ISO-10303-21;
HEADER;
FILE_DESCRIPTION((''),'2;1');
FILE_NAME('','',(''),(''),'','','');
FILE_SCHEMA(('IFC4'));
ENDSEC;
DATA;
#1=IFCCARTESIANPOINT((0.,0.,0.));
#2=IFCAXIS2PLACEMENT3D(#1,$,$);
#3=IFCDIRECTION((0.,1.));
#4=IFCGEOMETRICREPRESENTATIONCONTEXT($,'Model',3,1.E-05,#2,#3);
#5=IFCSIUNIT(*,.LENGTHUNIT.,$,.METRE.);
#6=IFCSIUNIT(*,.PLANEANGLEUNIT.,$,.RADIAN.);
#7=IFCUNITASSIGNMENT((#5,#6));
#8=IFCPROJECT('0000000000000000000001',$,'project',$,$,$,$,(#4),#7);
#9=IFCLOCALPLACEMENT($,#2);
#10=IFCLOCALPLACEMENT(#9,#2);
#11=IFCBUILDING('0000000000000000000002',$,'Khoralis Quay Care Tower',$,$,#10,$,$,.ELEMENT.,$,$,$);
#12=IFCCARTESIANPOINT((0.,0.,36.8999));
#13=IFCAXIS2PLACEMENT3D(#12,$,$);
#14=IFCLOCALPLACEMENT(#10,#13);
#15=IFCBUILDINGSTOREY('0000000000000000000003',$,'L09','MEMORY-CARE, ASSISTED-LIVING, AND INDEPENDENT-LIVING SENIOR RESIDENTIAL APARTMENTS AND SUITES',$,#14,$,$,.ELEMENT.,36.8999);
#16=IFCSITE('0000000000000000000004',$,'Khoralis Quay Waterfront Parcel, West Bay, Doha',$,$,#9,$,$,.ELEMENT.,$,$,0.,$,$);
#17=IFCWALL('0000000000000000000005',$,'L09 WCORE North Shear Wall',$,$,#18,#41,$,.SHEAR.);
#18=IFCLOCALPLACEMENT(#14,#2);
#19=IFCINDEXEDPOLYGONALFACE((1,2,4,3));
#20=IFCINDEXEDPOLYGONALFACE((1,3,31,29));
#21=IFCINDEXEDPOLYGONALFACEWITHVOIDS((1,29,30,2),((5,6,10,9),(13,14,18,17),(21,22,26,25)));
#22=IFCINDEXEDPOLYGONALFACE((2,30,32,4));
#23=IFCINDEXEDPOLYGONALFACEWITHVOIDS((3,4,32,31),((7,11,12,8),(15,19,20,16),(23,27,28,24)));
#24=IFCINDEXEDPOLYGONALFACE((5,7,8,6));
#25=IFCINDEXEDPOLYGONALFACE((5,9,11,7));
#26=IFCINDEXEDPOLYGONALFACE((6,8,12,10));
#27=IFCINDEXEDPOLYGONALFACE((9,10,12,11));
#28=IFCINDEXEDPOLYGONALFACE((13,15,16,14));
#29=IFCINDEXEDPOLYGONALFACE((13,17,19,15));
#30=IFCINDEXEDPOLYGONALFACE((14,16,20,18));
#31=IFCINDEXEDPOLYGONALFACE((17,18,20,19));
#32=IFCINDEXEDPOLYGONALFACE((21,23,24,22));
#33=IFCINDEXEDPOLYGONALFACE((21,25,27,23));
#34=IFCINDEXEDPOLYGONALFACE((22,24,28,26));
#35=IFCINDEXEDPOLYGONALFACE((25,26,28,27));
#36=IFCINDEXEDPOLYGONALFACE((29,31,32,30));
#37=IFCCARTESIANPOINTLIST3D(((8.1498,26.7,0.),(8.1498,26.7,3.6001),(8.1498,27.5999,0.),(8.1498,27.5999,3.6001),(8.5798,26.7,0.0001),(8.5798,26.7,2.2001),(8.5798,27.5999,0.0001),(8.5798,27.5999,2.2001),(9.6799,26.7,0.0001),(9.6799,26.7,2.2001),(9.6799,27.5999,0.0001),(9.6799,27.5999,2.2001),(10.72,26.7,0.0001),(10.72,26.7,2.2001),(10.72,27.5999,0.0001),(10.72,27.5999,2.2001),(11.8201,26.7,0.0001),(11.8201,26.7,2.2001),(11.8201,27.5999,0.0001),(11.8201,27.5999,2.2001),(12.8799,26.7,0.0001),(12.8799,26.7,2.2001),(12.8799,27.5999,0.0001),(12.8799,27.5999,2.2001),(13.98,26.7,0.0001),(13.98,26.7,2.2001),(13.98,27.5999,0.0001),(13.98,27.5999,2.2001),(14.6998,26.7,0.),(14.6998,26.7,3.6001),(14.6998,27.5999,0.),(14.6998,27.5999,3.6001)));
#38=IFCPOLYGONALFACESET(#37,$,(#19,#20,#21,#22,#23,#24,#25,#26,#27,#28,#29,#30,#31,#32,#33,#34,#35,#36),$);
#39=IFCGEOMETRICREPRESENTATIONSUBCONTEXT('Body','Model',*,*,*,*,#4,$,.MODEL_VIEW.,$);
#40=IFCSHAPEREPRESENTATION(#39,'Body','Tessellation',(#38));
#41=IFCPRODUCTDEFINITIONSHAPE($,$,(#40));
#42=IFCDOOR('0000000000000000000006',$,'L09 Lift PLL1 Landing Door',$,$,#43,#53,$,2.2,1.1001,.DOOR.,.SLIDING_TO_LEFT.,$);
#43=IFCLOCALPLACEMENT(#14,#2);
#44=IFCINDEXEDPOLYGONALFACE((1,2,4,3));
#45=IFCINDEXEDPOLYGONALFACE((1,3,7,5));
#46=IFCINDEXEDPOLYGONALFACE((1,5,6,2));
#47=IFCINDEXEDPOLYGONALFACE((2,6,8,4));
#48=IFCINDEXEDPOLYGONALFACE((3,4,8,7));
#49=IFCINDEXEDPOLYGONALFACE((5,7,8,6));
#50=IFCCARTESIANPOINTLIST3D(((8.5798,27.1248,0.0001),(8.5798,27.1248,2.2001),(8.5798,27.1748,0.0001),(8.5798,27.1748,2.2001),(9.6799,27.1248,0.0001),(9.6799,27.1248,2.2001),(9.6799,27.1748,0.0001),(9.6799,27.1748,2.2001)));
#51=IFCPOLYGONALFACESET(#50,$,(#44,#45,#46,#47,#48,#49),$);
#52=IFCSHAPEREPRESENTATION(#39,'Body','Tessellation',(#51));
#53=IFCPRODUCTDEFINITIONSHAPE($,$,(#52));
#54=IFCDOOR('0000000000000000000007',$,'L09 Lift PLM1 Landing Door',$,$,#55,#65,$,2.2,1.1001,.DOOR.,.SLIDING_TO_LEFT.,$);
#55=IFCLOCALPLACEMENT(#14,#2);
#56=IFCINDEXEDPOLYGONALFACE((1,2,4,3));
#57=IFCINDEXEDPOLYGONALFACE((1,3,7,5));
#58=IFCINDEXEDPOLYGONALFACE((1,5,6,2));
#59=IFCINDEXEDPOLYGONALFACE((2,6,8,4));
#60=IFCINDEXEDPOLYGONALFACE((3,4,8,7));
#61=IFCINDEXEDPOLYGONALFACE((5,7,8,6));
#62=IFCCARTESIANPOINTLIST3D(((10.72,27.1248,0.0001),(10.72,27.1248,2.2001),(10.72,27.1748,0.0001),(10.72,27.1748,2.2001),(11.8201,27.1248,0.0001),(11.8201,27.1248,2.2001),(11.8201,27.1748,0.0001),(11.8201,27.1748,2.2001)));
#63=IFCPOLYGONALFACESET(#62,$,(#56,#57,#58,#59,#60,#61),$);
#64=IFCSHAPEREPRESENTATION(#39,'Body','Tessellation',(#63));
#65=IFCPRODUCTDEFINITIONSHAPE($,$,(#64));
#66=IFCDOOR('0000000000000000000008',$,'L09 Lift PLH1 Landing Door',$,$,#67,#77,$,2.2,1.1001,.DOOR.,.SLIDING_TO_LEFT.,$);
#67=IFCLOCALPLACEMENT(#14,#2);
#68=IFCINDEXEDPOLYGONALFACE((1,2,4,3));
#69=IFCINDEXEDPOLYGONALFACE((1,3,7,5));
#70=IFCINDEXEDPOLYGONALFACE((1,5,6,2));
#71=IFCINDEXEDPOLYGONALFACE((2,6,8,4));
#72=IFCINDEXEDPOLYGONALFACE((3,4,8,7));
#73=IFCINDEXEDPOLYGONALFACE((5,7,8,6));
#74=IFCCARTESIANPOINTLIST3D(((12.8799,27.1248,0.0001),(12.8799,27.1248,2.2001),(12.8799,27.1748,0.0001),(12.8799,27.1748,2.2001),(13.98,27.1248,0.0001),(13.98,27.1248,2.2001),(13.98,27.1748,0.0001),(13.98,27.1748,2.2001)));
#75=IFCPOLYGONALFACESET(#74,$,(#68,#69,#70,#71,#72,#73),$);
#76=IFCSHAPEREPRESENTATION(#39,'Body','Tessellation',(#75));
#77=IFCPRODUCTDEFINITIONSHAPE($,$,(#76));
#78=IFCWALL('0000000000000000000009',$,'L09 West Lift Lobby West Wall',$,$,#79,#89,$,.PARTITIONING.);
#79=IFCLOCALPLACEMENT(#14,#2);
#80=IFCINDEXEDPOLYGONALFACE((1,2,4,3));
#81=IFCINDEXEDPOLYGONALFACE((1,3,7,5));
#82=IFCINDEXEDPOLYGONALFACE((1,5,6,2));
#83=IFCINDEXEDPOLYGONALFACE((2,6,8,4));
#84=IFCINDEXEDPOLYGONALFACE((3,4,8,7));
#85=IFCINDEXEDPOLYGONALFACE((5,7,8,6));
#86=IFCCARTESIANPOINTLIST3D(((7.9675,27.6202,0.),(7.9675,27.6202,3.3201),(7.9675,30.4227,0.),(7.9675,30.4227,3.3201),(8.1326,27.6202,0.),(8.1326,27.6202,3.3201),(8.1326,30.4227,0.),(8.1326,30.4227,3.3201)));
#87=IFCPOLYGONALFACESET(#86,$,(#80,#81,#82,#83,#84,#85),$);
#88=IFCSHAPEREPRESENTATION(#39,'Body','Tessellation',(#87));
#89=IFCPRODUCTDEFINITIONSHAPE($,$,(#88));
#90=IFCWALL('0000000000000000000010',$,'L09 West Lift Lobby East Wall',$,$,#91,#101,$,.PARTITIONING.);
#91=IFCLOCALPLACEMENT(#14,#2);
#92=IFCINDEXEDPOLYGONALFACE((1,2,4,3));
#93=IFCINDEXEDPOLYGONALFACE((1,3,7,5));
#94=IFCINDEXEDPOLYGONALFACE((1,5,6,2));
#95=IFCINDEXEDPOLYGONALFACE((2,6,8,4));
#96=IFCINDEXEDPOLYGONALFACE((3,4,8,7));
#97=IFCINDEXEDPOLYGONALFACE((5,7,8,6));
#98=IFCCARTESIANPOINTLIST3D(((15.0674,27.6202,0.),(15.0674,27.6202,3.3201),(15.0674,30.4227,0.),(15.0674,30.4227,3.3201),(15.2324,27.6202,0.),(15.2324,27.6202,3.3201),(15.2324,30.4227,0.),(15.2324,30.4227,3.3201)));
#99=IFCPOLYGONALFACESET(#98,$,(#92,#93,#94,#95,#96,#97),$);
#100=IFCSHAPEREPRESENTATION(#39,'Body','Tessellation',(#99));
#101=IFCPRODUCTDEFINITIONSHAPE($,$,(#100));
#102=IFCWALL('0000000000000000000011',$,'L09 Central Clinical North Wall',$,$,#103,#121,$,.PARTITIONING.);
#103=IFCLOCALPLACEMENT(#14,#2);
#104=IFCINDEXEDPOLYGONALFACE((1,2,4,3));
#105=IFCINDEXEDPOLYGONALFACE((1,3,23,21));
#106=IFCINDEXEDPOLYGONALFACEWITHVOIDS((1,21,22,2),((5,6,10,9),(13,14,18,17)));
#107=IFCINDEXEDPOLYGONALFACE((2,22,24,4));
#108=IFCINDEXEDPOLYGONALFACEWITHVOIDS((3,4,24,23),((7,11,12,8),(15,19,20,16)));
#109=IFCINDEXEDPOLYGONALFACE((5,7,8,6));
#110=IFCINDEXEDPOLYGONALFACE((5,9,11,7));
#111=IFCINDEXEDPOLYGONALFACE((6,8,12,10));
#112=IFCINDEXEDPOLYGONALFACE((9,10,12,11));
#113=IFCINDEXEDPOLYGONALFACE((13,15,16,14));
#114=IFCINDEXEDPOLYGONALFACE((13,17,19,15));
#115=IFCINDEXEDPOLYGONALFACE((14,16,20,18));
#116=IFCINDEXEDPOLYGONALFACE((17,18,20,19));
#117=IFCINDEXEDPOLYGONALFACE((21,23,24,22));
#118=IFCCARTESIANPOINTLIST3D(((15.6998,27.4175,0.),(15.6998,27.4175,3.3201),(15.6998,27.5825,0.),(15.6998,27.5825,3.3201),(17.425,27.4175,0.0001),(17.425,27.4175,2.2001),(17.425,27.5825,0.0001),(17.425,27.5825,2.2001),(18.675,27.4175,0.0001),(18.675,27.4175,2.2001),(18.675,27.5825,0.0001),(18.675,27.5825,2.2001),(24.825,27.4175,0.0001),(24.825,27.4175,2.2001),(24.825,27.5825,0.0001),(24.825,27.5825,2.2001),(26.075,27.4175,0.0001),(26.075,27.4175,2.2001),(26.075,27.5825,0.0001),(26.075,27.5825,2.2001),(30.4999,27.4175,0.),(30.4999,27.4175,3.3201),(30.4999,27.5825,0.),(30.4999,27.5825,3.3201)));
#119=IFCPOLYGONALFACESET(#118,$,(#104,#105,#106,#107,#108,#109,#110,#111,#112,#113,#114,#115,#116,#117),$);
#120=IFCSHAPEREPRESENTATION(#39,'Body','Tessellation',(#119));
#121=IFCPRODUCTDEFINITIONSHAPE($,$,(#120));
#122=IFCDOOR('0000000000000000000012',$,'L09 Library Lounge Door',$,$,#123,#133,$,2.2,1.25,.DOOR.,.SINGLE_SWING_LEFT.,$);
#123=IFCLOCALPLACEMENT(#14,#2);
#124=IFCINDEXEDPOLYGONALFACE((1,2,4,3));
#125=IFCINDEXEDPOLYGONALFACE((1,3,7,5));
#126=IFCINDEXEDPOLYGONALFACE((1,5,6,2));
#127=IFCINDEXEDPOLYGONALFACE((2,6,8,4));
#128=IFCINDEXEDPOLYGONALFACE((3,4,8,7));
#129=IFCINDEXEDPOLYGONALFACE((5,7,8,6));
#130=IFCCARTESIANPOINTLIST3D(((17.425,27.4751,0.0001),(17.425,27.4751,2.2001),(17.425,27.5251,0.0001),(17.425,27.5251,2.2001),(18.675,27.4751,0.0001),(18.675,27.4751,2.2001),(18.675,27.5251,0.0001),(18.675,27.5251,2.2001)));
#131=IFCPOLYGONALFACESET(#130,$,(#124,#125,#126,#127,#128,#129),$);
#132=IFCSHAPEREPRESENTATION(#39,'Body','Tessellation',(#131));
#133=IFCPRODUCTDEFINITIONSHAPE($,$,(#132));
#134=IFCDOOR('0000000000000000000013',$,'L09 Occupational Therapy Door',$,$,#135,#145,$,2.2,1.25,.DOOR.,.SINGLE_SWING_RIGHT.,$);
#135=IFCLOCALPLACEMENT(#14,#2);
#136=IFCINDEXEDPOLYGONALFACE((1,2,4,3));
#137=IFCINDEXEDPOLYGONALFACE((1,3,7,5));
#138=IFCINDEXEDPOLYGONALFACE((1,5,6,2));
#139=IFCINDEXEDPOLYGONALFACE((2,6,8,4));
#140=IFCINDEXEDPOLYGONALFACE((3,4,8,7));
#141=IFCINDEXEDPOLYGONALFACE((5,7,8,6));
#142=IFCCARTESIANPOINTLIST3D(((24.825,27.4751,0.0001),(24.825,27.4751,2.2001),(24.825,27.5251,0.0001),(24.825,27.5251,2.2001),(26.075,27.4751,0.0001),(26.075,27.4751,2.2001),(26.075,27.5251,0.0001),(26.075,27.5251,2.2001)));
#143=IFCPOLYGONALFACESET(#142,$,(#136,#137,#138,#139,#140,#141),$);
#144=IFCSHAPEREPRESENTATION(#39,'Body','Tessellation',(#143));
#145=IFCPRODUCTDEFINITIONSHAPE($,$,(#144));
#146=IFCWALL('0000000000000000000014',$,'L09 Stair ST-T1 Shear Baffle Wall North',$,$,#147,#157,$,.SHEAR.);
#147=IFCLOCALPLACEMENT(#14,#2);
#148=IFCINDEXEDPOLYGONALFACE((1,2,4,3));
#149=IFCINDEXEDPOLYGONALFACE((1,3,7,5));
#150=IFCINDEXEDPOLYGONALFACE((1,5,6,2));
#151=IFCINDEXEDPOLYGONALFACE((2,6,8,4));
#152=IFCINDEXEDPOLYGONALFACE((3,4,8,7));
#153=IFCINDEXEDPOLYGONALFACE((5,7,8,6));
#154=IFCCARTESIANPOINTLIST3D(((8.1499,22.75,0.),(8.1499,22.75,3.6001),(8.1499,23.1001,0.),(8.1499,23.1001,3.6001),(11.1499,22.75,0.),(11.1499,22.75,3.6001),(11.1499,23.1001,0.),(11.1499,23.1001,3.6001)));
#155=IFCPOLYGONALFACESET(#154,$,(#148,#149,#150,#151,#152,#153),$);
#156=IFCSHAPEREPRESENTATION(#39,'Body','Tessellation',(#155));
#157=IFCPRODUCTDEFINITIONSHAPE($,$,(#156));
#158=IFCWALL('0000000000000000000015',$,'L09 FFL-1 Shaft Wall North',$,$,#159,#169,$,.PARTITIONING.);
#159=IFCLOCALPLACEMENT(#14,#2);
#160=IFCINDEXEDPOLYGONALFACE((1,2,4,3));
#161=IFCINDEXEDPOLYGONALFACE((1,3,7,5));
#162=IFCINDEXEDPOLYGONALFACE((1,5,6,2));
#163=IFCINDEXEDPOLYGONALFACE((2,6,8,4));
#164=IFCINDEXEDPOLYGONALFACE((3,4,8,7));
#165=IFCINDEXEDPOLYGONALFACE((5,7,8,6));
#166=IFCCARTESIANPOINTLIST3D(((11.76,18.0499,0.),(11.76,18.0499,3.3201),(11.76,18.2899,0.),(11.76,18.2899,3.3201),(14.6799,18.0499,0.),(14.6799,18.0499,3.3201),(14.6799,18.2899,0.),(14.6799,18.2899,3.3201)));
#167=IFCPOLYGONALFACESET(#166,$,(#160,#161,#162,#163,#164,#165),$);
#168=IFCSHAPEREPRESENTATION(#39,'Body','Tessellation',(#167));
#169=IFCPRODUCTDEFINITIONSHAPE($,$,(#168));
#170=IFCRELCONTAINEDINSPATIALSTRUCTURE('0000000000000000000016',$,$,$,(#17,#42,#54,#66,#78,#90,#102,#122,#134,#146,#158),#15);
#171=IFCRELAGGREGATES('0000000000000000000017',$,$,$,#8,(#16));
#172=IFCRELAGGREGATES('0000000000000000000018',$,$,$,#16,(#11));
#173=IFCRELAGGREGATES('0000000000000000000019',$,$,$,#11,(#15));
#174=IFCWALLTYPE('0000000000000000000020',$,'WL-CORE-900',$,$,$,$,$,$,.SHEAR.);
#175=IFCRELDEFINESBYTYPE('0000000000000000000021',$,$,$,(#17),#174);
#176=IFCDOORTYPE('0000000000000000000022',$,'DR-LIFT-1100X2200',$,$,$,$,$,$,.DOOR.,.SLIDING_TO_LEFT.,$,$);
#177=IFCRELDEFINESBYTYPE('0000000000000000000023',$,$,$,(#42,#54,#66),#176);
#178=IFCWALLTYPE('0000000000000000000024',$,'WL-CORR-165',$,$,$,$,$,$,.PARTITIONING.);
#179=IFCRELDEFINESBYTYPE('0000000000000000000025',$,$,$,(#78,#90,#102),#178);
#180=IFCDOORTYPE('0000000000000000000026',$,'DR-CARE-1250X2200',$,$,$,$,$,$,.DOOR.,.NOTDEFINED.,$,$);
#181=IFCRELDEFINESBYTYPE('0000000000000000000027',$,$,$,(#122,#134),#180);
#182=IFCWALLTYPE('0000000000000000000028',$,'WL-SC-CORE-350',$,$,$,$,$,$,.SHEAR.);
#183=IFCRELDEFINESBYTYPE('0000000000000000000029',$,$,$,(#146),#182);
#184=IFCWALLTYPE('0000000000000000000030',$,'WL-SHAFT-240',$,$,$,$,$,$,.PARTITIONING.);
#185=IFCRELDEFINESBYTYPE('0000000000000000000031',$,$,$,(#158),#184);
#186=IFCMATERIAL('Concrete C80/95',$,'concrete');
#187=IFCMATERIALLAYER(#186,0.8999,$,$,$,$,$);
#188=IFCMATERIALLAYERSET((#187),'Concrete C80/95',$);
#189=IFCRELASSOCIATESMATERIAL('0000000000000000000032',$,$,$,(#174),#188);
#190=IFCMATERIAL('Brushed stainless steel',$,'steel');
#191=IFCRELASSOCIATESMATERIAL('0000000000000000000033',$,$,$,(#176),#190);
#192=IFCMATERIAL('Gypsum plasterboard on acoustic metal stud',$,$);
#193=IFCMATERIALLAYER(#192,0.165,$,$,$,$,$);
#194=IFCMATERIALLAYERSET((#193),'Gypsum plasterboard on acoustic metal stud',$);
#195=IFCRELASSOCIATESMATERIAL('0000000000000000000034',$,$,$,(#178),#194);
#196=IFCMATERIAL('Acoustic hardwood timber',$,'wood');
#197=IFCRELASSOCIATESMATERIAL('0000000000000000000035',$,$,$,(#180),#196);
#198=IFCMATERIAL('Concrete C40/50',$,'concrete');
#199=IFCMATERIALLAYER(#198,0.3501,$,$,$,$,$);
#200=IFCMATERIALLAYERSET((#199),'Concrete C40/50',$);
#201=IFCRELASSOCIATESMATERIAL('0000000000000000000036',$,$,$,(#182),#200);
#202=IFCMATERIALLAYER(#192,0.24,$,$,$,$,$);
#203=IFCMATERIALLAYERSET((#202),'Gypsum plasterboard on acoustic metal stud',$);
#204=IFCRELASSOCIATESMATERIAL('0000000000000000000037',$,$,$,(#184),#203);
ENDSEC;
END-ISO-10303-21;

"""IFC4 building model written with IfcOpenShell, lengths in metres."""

from ifc_helpers import new_model, si_unit, direction, frame, frame_2d, origin, place, context, subcontext, project, spatial, rectangle, extrude, source, transform, mapped, material, layer, layer_set, type_object, element, fill, save


model = new_model("IFC4")

# Units and contexts
model_context = context("Model", 3, precision=1e-05, world=origin(), true_north=direction((0.0, 1.0)))
body_context = subcontext(model_context, "Body", "Model", "MODEL_VIEW")
ifc_project = project(units=[si_unit("LENGTHUNIT", "METRE"), si_unit("PLANEANGLEUNIT", "RADIAN")], contexts=[model_context])

# Site, building, storey
site_placement = place(None, origin())
site = spatial("IfcSite", under=ifc_project, at=site_placement, Name="Khoralis Quay Waterfront Parcel, West Bay, Doha", CompositionType="ELEMENT", RefElevation=0.0)
building_placement = place(site_placement, origin())
building = spatial("IfcBuilding", under=site, at=building_placement, Name="Khoralis Quay Care Tower", CompositionType="ELEMENT")
storey_placement = place(building_placement, frame((0.0, 0.0, 36.8999)))
storey = spatial("IfcBuildingStorey", under=building, at=storey_placement, Name="L09", Description="MEMORY-CARE, ASSISTED-LIVING, AND INDEPENDENT-LIVING SENIOR RESIDENTIAL APARTMENTS AND SUITES", CompositionType="ELEMENT", Elevation=36.8999)

# Shared definitions
ifc_material_1 = material(Name="Concrete C80/95", Category="concrete")

# Wall, openings, doors
ifc_layer_1 = layer(ifc_material_1, 0.8999)
ifc_layer_set_1 = layer_set([ifc_layer_1], Name="Concrete C80/95")
wall_type_1 = type_object("IfcWallType", Name="WL-CORE-900", PredefinedType="SHEAR", material=ifc_layer_set_1)
wall_1_placement = place(storey_placement, frame((8.1499, 27.1499, 0.0), z_axis=(0.0, 0.0, 1.0), x_axis=(1.0, 0.0, 0.0)))
wall_1 = element("IfcWall", 1, at=wall_1_placement, inside=storey, type_object=wall_type_1, Name="L09 WCORE North Shear Wall", PredefinedType="SHEAR", context=body_context, shape_type="SweptSolid", body=[
    extrude(rectangle(XDim=6.55, YDim=0.8999, at=frame_2d((3.2749, 0.0))), origin(), (0.0, 0.0, 1.0), 3.6001),
])
opening_1_placement = place(wall_1_placement, frame((0.4299, 0.0, 0.0)))
opening_1 = element("IfcOpeningElement", 2, at=opening_1_placement, cuts=wall_1, PredefinedType="OPENING", context=body_context, shape_type="SweptSolid", body=[
    extrude(rectangle(XDim=1.1001, YDim=2.2, at=frame_2d((0.55, 1.1001))), frame((0.0, 0.46, 0.0), z_axis=(0.0, -1.0, 0.0), x_axis=(1.0, 0.0, 0.0)), (0.0, 0.0, 1.0), 0.9199),
])
opening_2_placement = place(wall_1_placement, frame((2.5701, 0.0, 0.0)))
opening_2 = element("IfcOpeningElement", 3, at=opening_2_placement, cuts=wall_1, PredefinedType="OPENING", context=body_context, shape_type="SweptSolid", body=[
    extrude(rectangle(XDim=1.1001, YDim=2.2, at=frame_2d((0.55, 1.1001))), frame((0.0, 0.46, 0.0), z_axis=(0.0, -1.0, 0.0), x_axis=(1.0, 0.0, 0.0)), (0.0, 0.0, 1.0), 0.9199),
])
opening_3_placement = place(wall_1_placement, frame((4.73, 0.0, 0.0)))
opening_3 = element("IfcOpeningElement", 4, at=opening_3_placement, cuts=wall_1, PredefinedType="OPENING", context=body_context, shape_type="SweptSolid", body=[
    extrude(rectangle(XDim=1.1001, YDim=2.2, at=frame_2d((0.55, 1.1001))), frame((0.0, 0.46, 0.0), z_axis=(0.0, -1.0, 0.0), x_axis=(1.0, 0.0, 0.0)), (0.0, 0.0, 1.0), 0.9199),
])
ifc_material_2 = material(Name="Brushed stainless steel", Category="steel")
door_type_1 = type_object("IfcDoorType", Name="DR-LIFT-1100X2200", OperationType="SLIDING_TO_LEFT", PredefinedType="DOOR", material=ifc_material_2)
shared_shape_1 = source(origin(), body_context, "Body", "SweptSolid", [
    extrude(rectangle(XDim=1.1001, YDim=2.2, at=frame_2d((0.55, 1.1001))), frame((0.0, 0.0249, 0.0), z_axis=(0.0, -1.0, 0.0), x_axis=(1.0, 0.0, 0.0)), (0.0, 0.0, 1.0), 0.05),
])
door_1_placement = place(opening_1_placement, origin())
door_1 = element("IfcDoor", 5, at=door_1_placement, inside=storey, type_object=door_type_1, Name="L09 Lift PLL1 Landing Door", OperationType="SLIDING_TO_LEFT", OverallHeight=2.2, OverallWidth=1.1001, PredefinedType="DOOR", context=body_context, shape_type="MappedRepresentation", body=[
    mapped(shared_shape_1, transform((0.0, 0.0, 0.0), scale=1.0)),
])
fill(opening_1, door_1)
door_2_placement = place(opening_2_placement, origin())
door_2 = element("IfcDoor", 6, at=door_2_placement, inside=storey, type_object=door_type_1, Name="L09 Lift PLM1 Landing Door", OperationType="SLIDING_TO_LEFT", OverallHeight=2.2, OverallWidth=1.1001, PredefinedType="DOOR", context=body_context, shape_type="MappedRepresentation", body=[
    mapped(shared_shape_1, transform((0.0, 0.0, 0.0), scale=1.0)),
])
fill(opening_2, door_2)
door_3_placement = place(opening_3_placement, origin())
door_3 = element("IfcDoor", 7, at=door_3_placement, inside=storey, type_object=door_type_1, Name="L09 Lift PLH1 Landing Door", OperationType="SLIDING_TO_LEFT", OverallHeight=2.2, OverallWidth=1.1001, PredefinedType="DOOR", context=body_context, shape_type="MappedRepresentation", body=[
    mapped(shared_shape_1, transform((0.0, 0.0, 0.0), scale=1.0)),
])
fill(opening_3, door_3)

# Walls
ifc_material_3 = material(Name="Gypsum plasterboard on acoustic metal stud")
ifc_layer_2 = layer(ifc_material_3, 0.165)
ifc_layer_set_2 = layer_set([ifc_layer_2], Name="Gypsum plasterboard on acoustic metal stud")
wall_type_2 = type_object("IfcWallType", Name="WL-CORR-165", PredefinedType="PARTITIONING", material=ifc_layer_set_2)
for number, where, z_axis, x_axis, name in (
    (8, (8.05, 27.6201, 0.0), (0.0, 0.0, 1.0), (0.0, 1.0, 0.0), "L09 West Lift Lobby West Wall"),
    (9, (15.1499, 27.6201, 0.0), (0.0, 0.0, 1.0), (0.0, 1.0, 0.0), "L09 West Lift Lobby East Wall"),
):
    element("IfcWall", number, at=place(storey_placement, frame(where, z_axis=z_axis, x_axis=x_axis)), inside=storey, type_object=wall_type_2, Name=name, PredefinedType="PARTITIONING", context=body_context, shape_type="SweptSolid", body=[
        extrude(rectangle(XDim=2.8025, YDim=0.165, at=frame_2d((1.4014, 0.0))), origin(), (0.0, 0.0, 1.0), 3.3201),
    ])

# Wall, openings, doors
wall_2_placement = place(storey_placement, frame((15.7, 27.5, 0.0), z_axis=(0.0, 0.0, 1.0), x_axis=(1.0, 0.0, 0.0)))
wall_2 = element("IfcWall", 10, at=wall_2_placement, inside=storey, type_object=wall_type_2, Name="L09 Central Clinical North Wall", PredefinedType="PARTITIONING", context=body_context, shape_type="SweptSolid", body=[
    extrude(rectangle(XDim=14.8, YDim=0.165, at=frame_2d((7.3999, 0.0))), origin(), (0.0, 0.0, 1.0), 3.3201),
])
opening_4_placement = place(wall_2_placement, frame((1.7251, 0.0, 0.0)))
opening_4 = element("IfcOpeningElement", 11, at=opening_4_placement, cuts=wall_2, PredefinedType="OPENING", context=body_context, shape_type="SweptSolid", body=[
    extrude(rectangle(XDim=1.25, YDim=2.2, at=frame_2d((0.625, 1.1001))), frame((0.0, 0.0925, 0.0), z_axis=(0.0, -1.0, 0.0), x_axis=(1.0, 0.0, 0.0)), (0.0, 0.0, 1.0), 0.1851),
])
opening_5_placement = place(wall_2_placement, frame((9.125, 0.0, 0.0)))
opening_5 = element("IfcOpeningElement", 12, at=opening_5_placement, cuts=wall_2, PredefinedType="OPENING", context=body_context, shape_type="SweptSolid", body=[
    extrude(rectangle(XDim=1.25, YDim=2.2, at=frame_2d((0.625, 1.1001))), frame((0.0, 0.0925, 0.0), z_axis=(0.0, -1.0, 0.0), x_axis=(1.0, 0.0, 0.0)), (0.0, 0.0, 1.0), 0.1851),
])
ifc_material_4 = material(Name="Acoustic hardwood timber", Category="wood")
door_type_2 = type_object("IfcDoorType", Name="DR-CARE-1250X2200", OperationType="NOTDEFINED", PredefinedType="DOOR", material=ifc_material_4)
shared_shape_2 = source(origin(), body_context, "Body", "SweptSolid", [
    extrude(rectangle(XDim=1.25, YDim=2.2, at=frame_2d((0.625, 1.1001))), frame((0.0, 0.0249, 0.0), z_axis=(0.0, -1.0, 0.0), x_axis=(1.0, 0.0, 0.0)), (0.0, 0.0, 1.0), 0.05),
])
door_4_placement = place(opening_4_placement, frame((1.25, 0.0, 0.0), z_axis=(0.0, 0.0, 1.0), x_axis=(-1.0, 0.0, 0.0)))
door_4 = element("IfcDoor", 13, at=door_4_placement, inside=storey, type_object=door_type_2, Name="L09 Library Lounge Door", OperationType="SINGLE_SWING_LEFT", OverallHeight=2.2, OverallWidth=1.25, PredefinedType="DOOR", context=body_context, shape_type="MappedRepresentation", body=[
    mapped(shared_shape_2, transform((0.0, 0.0, 0.0), scale=1.0)),
])
fill(opening_4, door_4)
door_5_placement = place(opening_5_placement, frame((1.25, 0.0, 0.0), z_axis=(0.0, 0.0, 1.0), x_axis=(-1.0, 0.0, 0.0)))
door_5 = element("IfcDoor", 14, at=door_5_placement, inside=storey, type_object=door_type_2, Name="L09 Occupational Therapy Door", OperationType="SINGLE_SWING_RIGHT", OverallHeight=2.2, OverallWidth=1.25, PredefinedType="DOOR", context=body_context, shape_type="MappedRepresentation", body=[
    mapped(shared_shape_2, transform((0.0, 0.0, 0.0), scale=1.0)),
])
fill(opening_5, door_5)

# Walls
ifc_material_5 = material(Name="Concrete C40/50", Category="concrete")
ifc_layer_3 = layer(ifc_material_5, 0.3501)
ifc_layer_set_3 = layer_set([ifc_layer_3], Name="Concrete C40/50")
wall_type_3 = type_object("IfcWallType", Name="WL-SC-CORE-350", PredefinedType="SHEAR", material=ifc_layer_set_3)
wall_3_placement = place(storey_placement, frame((8.1499, 22.925, 0.0), z_axis=(0.0, 0.0, 1.0), x_axis=(1.0, 0.0, 0.0)))
element("IfcWall", 15, at=wall_3_placement, inside=storey, type_object=wall_type_3, Name="L09 Stair ST-T1 Shear Baffle Wall North", PredefinedType="SHEAR", context=body_context, shape_type="SweptSolid", body=[
    extrude(rectangle(XDim=3.0, YDim=0.3501, at=frame_2d((1.5, 0.0))), origin(), (0.0, 0.0, 1.0), 3.6001),
])
ifc_layer_4 = layer(ifc_material_3, 0.24)
ifc_layer_set_4 = layer_set([ifc_layer_4], Name="Gypsum plasterboard on acoustic metal stud")
wall_type_4 = type_object("IfcWallType", Name="WL-SHAFT-240", PredefinedType="PARTITIONING", material=ifc_layer_set_4)
wall_4_placement = place(storey_placement, frame((11.76, 18.1699, 0.0), z_axis=(0.0, 0.0, 1.0), x_axis=(1.0, 0.0, 0.0)))
element("IfcWall", 16, at=wall_4_placement, inside=storey, type_object=wall_type_4, Name="L09 FFL-1 Shaft Wall North", PredefinedType="PARTITIONING", context=body_context, shape_type="SweptSolid", body=[
    extrude(rectangle(XDim=2.9199, YDim=0.24, at=frame_2d((1.46, 0.0))), origin(), (0.0, 0.0, 1.0), 3.3201),
])

save(model, "model.ifc")
